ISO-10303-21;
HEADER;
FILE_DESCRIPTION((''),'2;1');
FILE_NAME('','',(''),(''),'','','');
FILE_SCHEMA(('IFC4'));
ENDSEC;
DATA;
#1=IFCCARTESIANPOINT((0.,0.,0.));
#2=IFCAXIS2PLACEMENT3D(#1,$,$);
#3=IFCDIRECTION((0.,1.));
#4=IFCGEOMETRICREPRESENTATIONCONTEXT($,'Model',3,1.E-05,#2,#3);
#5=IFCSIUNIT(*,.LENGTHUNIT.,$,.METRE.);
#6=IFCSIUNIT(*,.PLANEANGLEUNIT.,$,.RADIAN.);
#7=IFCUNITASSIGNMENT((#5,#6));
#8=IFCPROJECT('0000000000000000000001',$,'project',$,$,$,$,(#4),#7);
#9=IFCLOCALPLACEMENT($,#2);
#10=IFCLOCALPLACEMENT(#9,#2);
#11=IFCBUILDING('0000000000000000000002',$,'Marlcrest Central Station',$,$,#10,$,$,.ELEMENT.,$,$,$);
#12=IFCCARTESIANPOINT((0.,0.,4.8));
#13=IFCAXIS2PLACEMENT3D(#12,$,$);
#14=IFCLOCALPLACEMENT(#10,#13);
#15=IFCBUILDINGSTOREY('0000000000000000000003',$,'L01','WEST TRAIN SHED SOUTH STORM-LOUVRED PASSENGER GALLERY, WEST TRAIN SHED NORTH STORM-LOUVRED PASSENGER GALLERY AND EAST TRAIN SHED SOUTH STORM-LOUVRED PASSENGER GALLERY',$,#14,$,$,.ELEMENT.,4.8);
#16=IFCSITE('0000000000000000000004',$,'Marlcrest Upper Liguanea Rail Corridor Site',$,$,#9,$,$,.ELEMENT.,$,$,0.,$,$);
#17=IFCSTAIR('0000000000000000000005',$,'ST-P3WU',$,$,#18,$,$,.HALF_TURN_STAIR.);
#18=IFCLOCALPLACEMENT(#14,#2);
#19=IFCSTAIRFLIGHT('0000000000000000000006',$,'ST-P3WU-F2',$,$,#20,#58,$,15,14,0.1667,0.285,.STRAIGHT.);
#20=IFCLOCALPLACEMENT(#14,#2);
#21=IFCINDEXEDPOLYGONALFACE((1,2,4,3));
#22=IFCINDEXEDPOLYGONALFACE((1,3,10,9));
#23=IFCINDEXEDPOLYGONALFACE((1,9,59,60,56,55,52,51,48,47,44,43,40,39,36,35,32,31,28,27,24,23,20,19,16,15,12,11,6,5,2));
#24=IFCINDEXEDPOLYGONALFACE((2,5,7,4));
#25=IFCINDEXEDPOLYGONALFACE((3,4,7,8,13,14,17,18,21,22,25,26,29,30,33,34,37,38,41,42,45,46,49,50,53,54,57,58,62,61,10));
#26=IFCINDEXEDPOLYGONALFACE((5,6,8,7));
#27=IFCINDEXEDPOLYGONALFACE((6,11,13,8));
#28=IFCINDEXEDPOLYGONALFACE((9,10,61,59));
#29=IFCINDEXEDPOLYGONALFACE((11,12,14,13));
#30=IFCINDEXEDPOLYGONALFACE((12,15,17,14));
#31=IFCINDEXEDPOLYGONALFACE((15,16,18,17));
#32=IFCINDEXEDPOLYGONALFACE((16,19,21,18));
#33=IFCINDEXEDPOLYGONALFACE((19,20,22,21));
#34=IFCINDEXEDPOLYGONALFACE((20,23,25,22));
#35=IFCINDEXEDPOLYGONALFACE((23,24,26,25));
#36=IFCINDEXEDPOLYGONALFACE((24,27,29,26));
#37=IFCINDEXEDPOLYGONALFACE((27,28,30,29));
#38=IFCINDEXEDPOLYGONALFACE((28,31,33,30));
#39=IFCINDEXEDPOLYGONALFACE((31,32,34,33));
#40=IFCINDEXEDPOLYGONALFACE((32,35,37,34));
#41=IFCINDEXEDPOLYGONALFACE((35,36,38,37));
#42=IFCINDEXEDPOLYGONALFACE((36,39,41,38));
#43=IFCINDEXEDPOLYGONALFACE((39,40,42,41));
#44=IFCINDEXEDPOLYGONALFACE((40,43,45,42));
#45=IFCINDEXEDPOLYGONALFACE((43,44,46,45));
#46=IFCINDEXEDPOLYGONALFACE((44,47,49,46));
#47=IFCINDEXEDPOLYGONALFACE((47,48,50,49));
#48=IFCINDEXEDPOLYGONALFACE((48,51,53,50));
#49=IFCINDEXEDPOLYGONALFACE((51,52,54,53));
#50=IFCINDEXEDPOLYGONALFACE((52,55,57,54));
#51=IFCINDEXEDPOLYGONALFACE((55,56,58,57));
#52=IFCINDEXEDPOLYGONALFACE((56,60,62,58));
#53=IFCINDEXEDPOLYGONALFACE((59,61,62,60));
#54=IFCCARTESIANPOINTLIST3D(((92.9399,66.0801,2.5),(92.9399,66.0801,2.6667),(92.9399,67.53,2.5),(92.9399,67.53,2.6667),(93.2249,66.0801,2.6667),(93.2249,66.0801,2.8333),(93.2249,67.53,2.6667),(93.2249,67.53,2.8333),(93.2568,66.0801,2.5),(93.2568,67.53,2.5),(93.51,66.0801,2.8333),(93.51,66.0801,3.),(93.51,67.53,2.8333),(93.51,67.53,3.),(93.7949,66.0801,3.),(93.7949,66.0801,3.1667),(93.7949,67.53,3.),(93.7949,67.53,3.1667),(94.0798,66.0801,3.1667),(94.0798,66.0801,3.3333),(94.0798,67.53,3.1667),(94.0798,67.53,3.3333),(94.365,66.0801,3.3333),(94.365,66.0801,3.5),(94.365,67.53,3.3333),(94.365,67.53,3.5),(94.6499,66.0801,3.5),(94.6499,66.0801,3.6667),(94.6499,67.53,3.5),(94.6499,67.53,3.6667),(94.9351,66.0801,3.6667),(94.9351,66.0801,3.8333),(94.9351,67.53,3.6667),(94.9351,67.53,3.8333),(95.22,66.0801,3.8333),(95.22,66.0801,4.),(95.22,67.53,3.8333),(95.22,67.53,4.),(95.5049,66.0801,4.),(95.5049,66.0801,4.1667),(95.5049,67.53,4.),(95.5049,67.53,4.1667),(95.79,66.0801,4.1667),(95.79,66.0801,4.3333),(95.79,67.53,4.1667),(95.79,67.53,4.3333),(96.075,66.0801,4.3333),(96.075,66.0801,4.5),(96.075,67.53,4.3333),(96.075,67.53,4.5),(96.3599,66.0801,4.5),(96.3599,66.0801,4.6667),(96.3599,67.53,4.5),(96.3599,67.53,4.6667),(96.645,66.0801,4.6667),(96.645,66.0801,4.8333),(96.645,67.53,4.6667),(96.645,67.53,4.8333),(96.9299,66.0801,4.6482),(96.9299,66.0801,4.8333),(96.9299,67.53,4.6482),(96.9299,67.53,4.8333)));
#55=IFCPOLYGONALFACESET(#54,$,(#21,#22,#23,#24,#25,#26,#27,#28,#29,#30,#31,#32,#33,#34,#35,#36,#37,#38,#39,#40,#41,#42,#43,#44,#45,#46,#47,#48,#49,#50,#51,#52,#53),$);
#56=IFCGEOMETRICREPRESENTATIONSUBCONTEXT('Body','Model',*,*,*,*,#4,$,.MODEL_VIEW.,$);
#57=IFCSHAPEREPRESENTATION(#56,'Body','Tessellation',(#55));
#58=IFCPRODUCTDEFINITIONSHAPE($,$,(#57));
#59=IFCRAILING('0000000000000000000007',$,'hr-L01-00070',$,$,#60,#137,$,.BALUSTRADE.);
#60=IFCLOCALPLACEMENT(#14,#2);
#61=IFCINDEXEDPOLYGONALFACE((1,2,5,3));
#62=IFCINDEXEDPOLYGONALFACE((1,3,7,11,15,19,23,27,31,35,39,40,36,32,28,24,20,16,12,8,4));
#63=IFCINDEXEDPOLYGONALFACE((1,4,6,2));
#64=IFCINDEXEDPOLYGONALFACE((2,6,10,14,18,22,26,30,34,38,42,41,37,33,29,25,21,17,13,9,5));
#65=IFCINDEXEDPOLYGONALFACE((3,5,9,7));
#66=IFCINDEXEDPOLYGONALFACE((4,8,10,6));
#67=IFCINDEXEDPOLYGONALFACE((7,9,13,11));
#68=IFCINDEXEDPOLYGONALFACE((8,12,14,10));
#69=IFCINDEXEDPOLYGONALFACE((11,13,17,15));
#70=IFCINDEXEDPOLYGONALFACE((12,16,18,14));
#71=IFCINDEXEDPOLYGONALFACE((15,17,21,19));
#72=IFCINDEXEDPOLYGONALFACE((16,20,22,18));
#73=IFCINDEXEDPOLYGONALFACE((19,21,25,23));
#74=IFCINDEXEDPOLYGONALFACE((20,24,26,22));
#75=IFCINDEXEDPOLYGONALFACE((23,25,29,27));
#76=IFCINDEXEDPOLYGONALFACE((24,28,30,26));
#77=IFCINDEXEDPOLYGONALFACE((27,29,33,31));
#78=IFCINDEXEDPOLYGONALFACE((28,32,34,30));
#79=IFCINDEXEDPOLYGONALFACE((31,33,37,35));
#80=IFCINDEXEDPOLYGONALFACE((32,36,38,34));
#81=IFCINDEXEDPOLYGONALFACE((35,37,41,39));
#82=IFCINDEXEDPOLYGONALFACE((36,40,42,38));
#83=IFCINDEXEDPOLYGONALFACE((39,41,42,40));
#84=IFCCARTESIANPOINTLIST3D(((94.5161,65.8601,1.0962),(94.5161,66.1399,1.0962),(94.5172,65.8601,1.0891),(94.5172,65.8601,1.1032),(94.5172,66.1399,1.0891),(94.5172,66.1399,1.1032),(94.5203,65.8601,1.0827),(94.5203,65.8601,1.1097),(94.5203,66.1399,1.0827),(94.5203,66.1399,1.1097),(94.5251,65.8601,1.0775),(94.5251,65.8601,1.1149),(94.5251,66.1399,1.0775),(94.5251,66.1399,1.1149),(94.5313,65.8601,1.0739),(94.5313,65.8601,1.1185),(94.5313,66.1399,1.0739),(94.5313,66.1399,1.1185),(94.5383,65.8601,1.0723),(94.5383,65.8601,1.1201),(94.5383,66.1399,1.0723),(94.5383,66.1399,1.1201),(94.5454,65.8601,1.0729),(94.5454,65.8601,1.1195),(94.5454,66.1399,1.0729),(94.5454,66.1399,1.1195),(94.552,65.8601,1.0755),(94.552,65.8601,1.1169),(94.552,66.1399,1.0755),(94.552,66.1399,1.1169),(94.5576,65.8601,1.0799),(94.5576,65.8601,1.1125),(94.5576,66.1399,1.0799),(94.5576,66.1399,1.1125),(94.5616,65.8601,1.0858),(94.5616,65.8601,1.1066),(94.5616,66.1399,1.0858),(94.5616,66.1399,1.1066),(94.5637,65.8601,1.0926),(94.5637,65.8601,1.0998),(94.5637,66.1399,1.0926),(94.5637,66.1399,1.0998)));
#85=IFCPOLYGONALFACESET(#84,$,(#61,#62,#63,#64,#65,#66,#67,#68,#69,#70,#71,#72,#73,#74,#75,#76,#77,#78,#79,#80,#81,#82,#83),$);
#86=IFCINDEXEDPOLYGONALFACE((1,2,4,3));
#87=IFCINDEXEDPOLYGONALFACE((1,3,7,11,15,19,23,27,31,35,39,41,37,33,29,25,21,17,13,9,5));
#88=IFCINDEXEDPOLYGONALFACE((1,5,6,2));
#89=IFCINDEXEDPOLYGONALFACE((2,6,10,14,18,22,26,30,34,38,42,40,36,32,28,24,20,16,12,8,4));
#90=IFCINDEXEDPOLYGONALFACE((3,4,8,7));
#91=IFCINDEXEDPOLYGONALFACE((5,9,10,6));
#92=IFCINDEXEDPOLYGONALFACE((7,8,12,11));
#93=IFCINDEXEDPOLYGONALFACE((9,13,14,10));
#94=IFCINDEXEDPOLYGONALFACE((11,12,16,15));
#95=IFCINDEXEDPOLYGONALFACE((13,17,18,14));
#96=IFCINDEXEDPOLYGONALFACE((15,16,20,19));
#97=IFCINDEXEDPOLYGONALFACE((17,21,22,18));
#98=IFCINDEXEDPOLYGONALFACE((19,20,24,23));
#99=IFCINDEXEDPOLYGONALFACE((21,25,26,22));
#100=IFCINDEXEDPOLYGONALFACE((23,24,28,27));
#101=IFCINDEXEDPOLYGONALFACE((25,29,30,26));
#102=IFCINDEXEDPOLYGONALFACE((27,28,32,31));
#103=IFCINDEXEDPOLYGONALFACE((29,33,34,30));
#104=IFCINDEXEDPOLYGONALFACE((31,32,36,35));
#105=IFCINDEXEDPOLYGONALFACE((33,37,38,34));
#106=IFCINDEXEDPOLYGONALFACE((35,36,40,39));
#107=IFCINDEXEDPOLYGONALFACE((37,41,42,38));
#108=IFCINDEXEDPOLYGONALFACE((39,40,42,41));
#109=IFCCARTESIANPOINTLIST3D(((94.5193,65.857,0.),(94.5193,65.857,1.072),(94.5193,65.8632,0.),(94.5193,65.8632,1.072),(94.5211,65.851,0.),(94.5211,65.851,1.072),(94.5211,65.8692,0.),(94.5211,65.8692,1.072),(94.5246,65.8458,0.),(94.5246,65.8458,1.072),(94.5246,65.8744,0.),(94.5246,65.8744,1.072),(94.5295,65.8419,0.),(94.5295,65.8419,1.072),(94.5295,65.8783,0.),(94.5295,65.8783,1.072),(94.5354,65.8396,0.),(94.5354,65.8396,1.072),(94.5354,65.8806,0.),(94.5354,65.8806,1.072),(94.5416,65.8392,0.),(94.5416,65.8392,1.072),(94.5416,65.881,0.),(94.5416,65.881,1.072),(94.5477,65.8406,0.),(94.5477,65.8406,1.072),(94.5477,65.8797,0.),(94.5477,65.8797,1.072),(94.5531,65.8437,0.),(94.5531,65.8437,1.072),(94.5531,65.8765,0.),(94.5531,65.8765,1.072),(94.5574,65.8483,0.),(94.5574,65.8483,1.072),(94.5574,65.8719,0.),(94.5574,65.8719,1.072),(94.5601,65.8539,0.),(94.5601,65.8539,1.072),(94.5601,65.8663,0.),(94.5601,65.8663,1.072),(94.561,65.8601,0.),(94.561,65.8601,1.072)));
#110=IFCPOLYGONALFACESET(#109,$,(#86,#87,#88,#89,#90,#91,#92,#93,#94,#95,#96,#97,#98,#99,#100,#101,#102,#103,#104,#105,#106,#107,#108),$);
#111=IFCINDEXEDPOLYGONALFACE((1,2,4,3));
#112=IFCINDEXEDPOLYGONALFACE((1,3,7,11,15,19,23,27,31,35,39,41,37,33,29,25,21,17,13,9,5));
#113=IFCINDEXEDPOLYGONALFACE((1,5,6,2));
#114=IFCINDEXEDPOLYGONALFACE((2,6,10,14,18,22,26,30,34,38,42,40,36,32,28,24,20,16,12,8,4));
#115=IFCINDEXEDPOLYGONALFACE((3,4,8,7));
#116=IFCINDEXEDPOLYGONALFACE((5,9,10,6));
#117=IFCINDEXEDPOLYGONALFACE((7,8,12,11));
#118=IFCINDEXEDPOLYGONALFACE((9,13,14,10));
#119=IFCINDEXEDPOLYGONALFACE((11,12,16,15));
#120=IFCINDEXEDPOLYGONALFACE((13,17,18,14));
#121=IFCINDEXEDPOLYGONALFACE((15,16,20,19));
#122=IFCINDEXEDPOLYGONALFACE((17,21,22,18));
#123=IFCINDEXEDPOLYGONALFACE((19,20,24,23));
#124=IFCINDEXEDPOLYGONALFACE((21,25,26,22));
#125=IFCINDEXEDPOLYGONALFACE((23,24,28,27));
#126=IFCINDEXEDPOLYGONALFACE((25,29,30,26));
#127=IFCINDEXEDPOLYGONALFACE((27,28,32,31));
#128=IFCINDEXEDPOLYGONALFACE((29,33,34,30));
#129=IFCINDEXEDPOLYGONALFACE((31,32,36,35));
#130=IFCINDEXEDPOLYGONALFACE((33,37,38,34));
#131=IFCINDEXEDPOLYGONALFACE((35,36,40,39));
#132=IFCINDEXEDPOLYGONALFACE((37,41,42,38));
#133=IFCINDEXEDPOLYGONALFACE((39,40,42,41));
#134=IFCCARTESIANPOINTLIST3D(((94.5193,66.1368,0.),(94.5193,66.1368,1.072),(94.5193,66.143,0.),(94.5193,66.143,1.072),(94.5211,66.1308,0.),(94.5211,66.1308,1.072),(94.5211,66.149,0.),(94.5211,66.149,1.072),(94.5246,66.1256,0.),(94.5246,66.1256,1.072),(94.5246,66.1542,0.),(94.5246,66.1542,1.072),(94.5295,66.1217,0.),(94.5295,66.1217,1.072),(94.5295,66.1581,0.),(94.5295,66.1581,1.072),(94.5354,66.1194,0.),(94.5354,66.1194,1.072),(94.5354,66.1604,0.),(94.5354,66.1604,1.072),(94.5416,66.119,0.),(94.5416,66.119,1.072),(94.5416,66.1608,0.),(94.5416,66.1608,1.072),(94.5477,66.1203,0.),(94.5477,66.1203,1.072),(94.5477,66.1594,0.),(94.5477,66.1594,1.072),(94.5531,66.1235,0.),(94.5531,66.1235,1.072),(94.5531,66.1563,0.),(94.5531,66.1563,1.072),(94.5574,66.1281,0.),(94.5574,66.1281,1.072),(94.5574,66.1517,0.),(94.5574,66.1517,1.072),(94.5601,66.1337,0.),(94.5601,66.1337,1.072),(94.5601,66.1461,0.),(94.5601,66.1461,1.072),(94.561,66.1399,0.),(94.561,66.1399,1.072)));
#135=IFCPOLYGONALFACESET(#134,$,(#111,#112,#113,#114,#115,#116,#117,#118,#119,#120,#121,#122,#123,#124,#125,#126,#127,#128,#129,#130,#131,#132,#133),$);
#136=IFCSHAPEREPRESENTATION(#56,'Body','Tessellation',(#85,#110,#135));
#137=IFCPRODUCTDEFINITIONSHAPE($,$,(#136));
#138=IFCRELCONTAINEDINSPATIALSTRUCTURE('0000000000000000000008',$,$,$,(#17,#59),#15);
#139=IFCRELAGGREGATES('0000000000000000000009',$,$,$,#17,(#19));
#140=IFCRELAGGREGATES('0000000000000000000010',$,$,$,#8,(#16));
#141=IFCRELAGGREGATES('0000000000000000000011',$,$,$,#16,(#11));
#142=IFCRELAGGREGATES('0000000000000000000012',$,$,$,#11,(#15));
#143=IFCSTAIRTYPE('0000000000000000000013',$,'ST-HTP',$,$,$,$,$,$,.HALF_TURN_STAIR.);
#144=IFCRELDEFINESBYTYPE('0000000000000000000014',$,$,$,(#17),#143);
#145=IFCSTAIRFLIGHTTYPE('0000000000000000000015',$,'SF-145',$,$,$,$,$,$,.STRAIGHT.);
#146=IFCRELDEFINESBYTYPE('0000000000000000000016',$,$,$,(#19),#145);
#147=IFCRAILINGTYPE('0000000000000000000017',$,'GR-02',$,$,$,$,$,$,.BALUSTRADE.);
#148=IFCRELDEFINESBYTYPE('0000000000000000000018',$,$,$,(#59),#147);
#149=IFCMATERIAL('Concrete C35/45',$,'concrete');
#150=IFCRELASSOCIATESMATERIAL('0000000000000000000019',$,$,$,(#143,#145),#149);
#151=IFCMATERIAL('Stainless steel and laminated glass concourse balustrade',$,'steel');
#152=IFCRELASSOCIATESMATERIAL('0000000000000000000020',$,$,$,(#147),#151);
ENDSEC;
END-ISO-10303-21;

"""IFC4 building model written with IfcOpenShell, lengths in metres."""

from ifc_helpers import new_model, si_unit, direction, frame, origin, origin_2d, place, context, subcontext, project, spatial, polyline, circle, outline, extrude, material, type_object, element, aggregate, save


model = new_model("IFC4")

# Units and contexts
model_context = context("Model", 3, precision=1e-05, world=origin(), true_north=direction((0.0, 1.0)))
body_context = subcontext(model_context, "Body", "Model", "MODEL_VIEW")
ifc_project = project(units=[si_unit("LENGTHUNIT", "METRE"), si_unit("PLANEANGLEUNIT", "RADIAN")], contexts=[model_context])

# Site, building, storey
site_placement = place(None, origin())
site = spatial("IfcSite", under=ifc_project, at=site_placement, Name="Marlcrest Upper Liguanea Rail Corridor Site", CompositionType="ELEMENT", RefElevation=0.0)
building_placement = place(site_placement, origin())
building = spatial("IfcBuilding", under=site, at=building_placement, Name="Marlcrest Central Station", CompositionType="ELEMENT")
storey_placement = place(building_placement, frame((0.0, 0.0, 4.8)))
storey = spatial("IfcBuildingStorey", under=building, at=storey_placement, Name="L01", Description="WEST TRAIN SHED SOUTH STORM-LOUVRED PASSENGER GALLERY, WEST TRAIN SHED NORTH STORM-LOUVRED PASSENGER GALLERY AND EAST TRAIN SHED SOUTH STORM-LOUVRED PASSENGER GALLERY", CompositionType="ELEMENT", Elevation=4.8)

# Stair, stair flight
ifc_material_1 = material(Name="Concrete C35/45", Category="concrete")
stair_type = type_object("IfcStairType", Name="ST-HTP", PredefinedType="HALF_TURN_STAIR", material=ifc_material_1)
stair_placement = place(storey_placement, origin())
stair = element("IfcStair", 1, at=stair_placement, inside=storey, type_object=stair_type, Name="ST-P3WU", PredefinedType="HALF_TURN_STAIR")
stair_flight_type = type_object("IfcStairFlightType", Name="SF-145", PredefinedType="STRAIGHT", material=ifc_material_1)
stair_flight_1_placement = place(storey_placement, frame((92.9399, 66.8049, 2.5), z_axis=(0.0, 0.0, 1.0), x_axis=(1.0, 0.0, 0.0)))
stair_flight_1 = element("IfcStairFlight", 2, at=stair_flight_1_placement, type_object=stair_flight_type, Name="ST-P3WU-F2", NumberOfRisers=15, NumberOfTreads=14, PredefinedType="STRAIGHT", RiserHeight=0.1667, TreadLength=0.285, context=body_context, shape_type="SweptSolid", body=[
    extrude(outline(polyline([(0.0, 0.0), (0.0, 0.1667), (0.2849, 0.1667), (0.2849, 0.3333), (0.5701, 0.3333), (0.5701, 0.5), (0.855, 0.5), (0.855, 0.6667), (1.1399, 0.6667), (1.1399, 0.8333), (1.425, 0.8333), (1.425, 1.0), (1.71, 1.0), (1.71, 1.1667), (1.9951, 1.1667), (1.9951, 1.3333), (2.28, 1.3333), (2.28, 1.5), (2.5649, 1.5), (2.5649, 1.6667), (2.8501, 1.6667), (2.8501, 1.8333), (3.135, 1.8333), (3.135, 2.0), (3.4199, 2.0), (3.4199, 2.1667), (3.7051, 2.1667), (3.7051, 2.3333), (3.99, 2.3333), (3.99, 2.5), (3.99, 2.1482), (0.3169, 0.0), (0.0, 0.0)])), frame((0.0, 0.7251, 0.0), z_axis=(0.0, -1.0, 0.0), x_axis=(1.0, 0.0, 0.0)), (0.0, 0.0, 1.0), 1.45),
])
aggregate(stair, [stair_flight_1])

# Railing
ifc_material_2 = material(Name="Stainless steel and laminated glass concourse balustrade", Category="steel")
railing_type_1 = type_object("IfcRailingType", Name="GR-02", PredefinedType="BALUSTRADE", material=ifc_material_2)
railing_1_placement = place(storey_placement, frame((94.54, 65.8601, 0.0)))
element("IfcRailing", 3, at=railing_1_placement, inside=storey, type_object=railing_type_1, Name="hr-L01-00070", PredefinedType="BALUSTRADE", context=body_context, shape_type="SweptSolid", body=[
    extrude(circle(Radius=0.0239, at=origin_2d()), frame((0.0, 0.0, 1.0962), z_axis=(0.0, 1.0, 0.0), x_axis=(-1.0, 0.0, 0.0)), (0.0, 0.0, 1.0), 0.2798),
    extrude(circle(Radius=0.021, at=origin_2d()), origin(), (0.0, 0.0, 1.0), 1.072),
    extrude(circle(Radius=0.021, at=origin_2d()), frame((0.0, 0.2798, 0.0)), (0.0, 0.0, 1.0), 1.072),
])

save(model, "model.ifc")
